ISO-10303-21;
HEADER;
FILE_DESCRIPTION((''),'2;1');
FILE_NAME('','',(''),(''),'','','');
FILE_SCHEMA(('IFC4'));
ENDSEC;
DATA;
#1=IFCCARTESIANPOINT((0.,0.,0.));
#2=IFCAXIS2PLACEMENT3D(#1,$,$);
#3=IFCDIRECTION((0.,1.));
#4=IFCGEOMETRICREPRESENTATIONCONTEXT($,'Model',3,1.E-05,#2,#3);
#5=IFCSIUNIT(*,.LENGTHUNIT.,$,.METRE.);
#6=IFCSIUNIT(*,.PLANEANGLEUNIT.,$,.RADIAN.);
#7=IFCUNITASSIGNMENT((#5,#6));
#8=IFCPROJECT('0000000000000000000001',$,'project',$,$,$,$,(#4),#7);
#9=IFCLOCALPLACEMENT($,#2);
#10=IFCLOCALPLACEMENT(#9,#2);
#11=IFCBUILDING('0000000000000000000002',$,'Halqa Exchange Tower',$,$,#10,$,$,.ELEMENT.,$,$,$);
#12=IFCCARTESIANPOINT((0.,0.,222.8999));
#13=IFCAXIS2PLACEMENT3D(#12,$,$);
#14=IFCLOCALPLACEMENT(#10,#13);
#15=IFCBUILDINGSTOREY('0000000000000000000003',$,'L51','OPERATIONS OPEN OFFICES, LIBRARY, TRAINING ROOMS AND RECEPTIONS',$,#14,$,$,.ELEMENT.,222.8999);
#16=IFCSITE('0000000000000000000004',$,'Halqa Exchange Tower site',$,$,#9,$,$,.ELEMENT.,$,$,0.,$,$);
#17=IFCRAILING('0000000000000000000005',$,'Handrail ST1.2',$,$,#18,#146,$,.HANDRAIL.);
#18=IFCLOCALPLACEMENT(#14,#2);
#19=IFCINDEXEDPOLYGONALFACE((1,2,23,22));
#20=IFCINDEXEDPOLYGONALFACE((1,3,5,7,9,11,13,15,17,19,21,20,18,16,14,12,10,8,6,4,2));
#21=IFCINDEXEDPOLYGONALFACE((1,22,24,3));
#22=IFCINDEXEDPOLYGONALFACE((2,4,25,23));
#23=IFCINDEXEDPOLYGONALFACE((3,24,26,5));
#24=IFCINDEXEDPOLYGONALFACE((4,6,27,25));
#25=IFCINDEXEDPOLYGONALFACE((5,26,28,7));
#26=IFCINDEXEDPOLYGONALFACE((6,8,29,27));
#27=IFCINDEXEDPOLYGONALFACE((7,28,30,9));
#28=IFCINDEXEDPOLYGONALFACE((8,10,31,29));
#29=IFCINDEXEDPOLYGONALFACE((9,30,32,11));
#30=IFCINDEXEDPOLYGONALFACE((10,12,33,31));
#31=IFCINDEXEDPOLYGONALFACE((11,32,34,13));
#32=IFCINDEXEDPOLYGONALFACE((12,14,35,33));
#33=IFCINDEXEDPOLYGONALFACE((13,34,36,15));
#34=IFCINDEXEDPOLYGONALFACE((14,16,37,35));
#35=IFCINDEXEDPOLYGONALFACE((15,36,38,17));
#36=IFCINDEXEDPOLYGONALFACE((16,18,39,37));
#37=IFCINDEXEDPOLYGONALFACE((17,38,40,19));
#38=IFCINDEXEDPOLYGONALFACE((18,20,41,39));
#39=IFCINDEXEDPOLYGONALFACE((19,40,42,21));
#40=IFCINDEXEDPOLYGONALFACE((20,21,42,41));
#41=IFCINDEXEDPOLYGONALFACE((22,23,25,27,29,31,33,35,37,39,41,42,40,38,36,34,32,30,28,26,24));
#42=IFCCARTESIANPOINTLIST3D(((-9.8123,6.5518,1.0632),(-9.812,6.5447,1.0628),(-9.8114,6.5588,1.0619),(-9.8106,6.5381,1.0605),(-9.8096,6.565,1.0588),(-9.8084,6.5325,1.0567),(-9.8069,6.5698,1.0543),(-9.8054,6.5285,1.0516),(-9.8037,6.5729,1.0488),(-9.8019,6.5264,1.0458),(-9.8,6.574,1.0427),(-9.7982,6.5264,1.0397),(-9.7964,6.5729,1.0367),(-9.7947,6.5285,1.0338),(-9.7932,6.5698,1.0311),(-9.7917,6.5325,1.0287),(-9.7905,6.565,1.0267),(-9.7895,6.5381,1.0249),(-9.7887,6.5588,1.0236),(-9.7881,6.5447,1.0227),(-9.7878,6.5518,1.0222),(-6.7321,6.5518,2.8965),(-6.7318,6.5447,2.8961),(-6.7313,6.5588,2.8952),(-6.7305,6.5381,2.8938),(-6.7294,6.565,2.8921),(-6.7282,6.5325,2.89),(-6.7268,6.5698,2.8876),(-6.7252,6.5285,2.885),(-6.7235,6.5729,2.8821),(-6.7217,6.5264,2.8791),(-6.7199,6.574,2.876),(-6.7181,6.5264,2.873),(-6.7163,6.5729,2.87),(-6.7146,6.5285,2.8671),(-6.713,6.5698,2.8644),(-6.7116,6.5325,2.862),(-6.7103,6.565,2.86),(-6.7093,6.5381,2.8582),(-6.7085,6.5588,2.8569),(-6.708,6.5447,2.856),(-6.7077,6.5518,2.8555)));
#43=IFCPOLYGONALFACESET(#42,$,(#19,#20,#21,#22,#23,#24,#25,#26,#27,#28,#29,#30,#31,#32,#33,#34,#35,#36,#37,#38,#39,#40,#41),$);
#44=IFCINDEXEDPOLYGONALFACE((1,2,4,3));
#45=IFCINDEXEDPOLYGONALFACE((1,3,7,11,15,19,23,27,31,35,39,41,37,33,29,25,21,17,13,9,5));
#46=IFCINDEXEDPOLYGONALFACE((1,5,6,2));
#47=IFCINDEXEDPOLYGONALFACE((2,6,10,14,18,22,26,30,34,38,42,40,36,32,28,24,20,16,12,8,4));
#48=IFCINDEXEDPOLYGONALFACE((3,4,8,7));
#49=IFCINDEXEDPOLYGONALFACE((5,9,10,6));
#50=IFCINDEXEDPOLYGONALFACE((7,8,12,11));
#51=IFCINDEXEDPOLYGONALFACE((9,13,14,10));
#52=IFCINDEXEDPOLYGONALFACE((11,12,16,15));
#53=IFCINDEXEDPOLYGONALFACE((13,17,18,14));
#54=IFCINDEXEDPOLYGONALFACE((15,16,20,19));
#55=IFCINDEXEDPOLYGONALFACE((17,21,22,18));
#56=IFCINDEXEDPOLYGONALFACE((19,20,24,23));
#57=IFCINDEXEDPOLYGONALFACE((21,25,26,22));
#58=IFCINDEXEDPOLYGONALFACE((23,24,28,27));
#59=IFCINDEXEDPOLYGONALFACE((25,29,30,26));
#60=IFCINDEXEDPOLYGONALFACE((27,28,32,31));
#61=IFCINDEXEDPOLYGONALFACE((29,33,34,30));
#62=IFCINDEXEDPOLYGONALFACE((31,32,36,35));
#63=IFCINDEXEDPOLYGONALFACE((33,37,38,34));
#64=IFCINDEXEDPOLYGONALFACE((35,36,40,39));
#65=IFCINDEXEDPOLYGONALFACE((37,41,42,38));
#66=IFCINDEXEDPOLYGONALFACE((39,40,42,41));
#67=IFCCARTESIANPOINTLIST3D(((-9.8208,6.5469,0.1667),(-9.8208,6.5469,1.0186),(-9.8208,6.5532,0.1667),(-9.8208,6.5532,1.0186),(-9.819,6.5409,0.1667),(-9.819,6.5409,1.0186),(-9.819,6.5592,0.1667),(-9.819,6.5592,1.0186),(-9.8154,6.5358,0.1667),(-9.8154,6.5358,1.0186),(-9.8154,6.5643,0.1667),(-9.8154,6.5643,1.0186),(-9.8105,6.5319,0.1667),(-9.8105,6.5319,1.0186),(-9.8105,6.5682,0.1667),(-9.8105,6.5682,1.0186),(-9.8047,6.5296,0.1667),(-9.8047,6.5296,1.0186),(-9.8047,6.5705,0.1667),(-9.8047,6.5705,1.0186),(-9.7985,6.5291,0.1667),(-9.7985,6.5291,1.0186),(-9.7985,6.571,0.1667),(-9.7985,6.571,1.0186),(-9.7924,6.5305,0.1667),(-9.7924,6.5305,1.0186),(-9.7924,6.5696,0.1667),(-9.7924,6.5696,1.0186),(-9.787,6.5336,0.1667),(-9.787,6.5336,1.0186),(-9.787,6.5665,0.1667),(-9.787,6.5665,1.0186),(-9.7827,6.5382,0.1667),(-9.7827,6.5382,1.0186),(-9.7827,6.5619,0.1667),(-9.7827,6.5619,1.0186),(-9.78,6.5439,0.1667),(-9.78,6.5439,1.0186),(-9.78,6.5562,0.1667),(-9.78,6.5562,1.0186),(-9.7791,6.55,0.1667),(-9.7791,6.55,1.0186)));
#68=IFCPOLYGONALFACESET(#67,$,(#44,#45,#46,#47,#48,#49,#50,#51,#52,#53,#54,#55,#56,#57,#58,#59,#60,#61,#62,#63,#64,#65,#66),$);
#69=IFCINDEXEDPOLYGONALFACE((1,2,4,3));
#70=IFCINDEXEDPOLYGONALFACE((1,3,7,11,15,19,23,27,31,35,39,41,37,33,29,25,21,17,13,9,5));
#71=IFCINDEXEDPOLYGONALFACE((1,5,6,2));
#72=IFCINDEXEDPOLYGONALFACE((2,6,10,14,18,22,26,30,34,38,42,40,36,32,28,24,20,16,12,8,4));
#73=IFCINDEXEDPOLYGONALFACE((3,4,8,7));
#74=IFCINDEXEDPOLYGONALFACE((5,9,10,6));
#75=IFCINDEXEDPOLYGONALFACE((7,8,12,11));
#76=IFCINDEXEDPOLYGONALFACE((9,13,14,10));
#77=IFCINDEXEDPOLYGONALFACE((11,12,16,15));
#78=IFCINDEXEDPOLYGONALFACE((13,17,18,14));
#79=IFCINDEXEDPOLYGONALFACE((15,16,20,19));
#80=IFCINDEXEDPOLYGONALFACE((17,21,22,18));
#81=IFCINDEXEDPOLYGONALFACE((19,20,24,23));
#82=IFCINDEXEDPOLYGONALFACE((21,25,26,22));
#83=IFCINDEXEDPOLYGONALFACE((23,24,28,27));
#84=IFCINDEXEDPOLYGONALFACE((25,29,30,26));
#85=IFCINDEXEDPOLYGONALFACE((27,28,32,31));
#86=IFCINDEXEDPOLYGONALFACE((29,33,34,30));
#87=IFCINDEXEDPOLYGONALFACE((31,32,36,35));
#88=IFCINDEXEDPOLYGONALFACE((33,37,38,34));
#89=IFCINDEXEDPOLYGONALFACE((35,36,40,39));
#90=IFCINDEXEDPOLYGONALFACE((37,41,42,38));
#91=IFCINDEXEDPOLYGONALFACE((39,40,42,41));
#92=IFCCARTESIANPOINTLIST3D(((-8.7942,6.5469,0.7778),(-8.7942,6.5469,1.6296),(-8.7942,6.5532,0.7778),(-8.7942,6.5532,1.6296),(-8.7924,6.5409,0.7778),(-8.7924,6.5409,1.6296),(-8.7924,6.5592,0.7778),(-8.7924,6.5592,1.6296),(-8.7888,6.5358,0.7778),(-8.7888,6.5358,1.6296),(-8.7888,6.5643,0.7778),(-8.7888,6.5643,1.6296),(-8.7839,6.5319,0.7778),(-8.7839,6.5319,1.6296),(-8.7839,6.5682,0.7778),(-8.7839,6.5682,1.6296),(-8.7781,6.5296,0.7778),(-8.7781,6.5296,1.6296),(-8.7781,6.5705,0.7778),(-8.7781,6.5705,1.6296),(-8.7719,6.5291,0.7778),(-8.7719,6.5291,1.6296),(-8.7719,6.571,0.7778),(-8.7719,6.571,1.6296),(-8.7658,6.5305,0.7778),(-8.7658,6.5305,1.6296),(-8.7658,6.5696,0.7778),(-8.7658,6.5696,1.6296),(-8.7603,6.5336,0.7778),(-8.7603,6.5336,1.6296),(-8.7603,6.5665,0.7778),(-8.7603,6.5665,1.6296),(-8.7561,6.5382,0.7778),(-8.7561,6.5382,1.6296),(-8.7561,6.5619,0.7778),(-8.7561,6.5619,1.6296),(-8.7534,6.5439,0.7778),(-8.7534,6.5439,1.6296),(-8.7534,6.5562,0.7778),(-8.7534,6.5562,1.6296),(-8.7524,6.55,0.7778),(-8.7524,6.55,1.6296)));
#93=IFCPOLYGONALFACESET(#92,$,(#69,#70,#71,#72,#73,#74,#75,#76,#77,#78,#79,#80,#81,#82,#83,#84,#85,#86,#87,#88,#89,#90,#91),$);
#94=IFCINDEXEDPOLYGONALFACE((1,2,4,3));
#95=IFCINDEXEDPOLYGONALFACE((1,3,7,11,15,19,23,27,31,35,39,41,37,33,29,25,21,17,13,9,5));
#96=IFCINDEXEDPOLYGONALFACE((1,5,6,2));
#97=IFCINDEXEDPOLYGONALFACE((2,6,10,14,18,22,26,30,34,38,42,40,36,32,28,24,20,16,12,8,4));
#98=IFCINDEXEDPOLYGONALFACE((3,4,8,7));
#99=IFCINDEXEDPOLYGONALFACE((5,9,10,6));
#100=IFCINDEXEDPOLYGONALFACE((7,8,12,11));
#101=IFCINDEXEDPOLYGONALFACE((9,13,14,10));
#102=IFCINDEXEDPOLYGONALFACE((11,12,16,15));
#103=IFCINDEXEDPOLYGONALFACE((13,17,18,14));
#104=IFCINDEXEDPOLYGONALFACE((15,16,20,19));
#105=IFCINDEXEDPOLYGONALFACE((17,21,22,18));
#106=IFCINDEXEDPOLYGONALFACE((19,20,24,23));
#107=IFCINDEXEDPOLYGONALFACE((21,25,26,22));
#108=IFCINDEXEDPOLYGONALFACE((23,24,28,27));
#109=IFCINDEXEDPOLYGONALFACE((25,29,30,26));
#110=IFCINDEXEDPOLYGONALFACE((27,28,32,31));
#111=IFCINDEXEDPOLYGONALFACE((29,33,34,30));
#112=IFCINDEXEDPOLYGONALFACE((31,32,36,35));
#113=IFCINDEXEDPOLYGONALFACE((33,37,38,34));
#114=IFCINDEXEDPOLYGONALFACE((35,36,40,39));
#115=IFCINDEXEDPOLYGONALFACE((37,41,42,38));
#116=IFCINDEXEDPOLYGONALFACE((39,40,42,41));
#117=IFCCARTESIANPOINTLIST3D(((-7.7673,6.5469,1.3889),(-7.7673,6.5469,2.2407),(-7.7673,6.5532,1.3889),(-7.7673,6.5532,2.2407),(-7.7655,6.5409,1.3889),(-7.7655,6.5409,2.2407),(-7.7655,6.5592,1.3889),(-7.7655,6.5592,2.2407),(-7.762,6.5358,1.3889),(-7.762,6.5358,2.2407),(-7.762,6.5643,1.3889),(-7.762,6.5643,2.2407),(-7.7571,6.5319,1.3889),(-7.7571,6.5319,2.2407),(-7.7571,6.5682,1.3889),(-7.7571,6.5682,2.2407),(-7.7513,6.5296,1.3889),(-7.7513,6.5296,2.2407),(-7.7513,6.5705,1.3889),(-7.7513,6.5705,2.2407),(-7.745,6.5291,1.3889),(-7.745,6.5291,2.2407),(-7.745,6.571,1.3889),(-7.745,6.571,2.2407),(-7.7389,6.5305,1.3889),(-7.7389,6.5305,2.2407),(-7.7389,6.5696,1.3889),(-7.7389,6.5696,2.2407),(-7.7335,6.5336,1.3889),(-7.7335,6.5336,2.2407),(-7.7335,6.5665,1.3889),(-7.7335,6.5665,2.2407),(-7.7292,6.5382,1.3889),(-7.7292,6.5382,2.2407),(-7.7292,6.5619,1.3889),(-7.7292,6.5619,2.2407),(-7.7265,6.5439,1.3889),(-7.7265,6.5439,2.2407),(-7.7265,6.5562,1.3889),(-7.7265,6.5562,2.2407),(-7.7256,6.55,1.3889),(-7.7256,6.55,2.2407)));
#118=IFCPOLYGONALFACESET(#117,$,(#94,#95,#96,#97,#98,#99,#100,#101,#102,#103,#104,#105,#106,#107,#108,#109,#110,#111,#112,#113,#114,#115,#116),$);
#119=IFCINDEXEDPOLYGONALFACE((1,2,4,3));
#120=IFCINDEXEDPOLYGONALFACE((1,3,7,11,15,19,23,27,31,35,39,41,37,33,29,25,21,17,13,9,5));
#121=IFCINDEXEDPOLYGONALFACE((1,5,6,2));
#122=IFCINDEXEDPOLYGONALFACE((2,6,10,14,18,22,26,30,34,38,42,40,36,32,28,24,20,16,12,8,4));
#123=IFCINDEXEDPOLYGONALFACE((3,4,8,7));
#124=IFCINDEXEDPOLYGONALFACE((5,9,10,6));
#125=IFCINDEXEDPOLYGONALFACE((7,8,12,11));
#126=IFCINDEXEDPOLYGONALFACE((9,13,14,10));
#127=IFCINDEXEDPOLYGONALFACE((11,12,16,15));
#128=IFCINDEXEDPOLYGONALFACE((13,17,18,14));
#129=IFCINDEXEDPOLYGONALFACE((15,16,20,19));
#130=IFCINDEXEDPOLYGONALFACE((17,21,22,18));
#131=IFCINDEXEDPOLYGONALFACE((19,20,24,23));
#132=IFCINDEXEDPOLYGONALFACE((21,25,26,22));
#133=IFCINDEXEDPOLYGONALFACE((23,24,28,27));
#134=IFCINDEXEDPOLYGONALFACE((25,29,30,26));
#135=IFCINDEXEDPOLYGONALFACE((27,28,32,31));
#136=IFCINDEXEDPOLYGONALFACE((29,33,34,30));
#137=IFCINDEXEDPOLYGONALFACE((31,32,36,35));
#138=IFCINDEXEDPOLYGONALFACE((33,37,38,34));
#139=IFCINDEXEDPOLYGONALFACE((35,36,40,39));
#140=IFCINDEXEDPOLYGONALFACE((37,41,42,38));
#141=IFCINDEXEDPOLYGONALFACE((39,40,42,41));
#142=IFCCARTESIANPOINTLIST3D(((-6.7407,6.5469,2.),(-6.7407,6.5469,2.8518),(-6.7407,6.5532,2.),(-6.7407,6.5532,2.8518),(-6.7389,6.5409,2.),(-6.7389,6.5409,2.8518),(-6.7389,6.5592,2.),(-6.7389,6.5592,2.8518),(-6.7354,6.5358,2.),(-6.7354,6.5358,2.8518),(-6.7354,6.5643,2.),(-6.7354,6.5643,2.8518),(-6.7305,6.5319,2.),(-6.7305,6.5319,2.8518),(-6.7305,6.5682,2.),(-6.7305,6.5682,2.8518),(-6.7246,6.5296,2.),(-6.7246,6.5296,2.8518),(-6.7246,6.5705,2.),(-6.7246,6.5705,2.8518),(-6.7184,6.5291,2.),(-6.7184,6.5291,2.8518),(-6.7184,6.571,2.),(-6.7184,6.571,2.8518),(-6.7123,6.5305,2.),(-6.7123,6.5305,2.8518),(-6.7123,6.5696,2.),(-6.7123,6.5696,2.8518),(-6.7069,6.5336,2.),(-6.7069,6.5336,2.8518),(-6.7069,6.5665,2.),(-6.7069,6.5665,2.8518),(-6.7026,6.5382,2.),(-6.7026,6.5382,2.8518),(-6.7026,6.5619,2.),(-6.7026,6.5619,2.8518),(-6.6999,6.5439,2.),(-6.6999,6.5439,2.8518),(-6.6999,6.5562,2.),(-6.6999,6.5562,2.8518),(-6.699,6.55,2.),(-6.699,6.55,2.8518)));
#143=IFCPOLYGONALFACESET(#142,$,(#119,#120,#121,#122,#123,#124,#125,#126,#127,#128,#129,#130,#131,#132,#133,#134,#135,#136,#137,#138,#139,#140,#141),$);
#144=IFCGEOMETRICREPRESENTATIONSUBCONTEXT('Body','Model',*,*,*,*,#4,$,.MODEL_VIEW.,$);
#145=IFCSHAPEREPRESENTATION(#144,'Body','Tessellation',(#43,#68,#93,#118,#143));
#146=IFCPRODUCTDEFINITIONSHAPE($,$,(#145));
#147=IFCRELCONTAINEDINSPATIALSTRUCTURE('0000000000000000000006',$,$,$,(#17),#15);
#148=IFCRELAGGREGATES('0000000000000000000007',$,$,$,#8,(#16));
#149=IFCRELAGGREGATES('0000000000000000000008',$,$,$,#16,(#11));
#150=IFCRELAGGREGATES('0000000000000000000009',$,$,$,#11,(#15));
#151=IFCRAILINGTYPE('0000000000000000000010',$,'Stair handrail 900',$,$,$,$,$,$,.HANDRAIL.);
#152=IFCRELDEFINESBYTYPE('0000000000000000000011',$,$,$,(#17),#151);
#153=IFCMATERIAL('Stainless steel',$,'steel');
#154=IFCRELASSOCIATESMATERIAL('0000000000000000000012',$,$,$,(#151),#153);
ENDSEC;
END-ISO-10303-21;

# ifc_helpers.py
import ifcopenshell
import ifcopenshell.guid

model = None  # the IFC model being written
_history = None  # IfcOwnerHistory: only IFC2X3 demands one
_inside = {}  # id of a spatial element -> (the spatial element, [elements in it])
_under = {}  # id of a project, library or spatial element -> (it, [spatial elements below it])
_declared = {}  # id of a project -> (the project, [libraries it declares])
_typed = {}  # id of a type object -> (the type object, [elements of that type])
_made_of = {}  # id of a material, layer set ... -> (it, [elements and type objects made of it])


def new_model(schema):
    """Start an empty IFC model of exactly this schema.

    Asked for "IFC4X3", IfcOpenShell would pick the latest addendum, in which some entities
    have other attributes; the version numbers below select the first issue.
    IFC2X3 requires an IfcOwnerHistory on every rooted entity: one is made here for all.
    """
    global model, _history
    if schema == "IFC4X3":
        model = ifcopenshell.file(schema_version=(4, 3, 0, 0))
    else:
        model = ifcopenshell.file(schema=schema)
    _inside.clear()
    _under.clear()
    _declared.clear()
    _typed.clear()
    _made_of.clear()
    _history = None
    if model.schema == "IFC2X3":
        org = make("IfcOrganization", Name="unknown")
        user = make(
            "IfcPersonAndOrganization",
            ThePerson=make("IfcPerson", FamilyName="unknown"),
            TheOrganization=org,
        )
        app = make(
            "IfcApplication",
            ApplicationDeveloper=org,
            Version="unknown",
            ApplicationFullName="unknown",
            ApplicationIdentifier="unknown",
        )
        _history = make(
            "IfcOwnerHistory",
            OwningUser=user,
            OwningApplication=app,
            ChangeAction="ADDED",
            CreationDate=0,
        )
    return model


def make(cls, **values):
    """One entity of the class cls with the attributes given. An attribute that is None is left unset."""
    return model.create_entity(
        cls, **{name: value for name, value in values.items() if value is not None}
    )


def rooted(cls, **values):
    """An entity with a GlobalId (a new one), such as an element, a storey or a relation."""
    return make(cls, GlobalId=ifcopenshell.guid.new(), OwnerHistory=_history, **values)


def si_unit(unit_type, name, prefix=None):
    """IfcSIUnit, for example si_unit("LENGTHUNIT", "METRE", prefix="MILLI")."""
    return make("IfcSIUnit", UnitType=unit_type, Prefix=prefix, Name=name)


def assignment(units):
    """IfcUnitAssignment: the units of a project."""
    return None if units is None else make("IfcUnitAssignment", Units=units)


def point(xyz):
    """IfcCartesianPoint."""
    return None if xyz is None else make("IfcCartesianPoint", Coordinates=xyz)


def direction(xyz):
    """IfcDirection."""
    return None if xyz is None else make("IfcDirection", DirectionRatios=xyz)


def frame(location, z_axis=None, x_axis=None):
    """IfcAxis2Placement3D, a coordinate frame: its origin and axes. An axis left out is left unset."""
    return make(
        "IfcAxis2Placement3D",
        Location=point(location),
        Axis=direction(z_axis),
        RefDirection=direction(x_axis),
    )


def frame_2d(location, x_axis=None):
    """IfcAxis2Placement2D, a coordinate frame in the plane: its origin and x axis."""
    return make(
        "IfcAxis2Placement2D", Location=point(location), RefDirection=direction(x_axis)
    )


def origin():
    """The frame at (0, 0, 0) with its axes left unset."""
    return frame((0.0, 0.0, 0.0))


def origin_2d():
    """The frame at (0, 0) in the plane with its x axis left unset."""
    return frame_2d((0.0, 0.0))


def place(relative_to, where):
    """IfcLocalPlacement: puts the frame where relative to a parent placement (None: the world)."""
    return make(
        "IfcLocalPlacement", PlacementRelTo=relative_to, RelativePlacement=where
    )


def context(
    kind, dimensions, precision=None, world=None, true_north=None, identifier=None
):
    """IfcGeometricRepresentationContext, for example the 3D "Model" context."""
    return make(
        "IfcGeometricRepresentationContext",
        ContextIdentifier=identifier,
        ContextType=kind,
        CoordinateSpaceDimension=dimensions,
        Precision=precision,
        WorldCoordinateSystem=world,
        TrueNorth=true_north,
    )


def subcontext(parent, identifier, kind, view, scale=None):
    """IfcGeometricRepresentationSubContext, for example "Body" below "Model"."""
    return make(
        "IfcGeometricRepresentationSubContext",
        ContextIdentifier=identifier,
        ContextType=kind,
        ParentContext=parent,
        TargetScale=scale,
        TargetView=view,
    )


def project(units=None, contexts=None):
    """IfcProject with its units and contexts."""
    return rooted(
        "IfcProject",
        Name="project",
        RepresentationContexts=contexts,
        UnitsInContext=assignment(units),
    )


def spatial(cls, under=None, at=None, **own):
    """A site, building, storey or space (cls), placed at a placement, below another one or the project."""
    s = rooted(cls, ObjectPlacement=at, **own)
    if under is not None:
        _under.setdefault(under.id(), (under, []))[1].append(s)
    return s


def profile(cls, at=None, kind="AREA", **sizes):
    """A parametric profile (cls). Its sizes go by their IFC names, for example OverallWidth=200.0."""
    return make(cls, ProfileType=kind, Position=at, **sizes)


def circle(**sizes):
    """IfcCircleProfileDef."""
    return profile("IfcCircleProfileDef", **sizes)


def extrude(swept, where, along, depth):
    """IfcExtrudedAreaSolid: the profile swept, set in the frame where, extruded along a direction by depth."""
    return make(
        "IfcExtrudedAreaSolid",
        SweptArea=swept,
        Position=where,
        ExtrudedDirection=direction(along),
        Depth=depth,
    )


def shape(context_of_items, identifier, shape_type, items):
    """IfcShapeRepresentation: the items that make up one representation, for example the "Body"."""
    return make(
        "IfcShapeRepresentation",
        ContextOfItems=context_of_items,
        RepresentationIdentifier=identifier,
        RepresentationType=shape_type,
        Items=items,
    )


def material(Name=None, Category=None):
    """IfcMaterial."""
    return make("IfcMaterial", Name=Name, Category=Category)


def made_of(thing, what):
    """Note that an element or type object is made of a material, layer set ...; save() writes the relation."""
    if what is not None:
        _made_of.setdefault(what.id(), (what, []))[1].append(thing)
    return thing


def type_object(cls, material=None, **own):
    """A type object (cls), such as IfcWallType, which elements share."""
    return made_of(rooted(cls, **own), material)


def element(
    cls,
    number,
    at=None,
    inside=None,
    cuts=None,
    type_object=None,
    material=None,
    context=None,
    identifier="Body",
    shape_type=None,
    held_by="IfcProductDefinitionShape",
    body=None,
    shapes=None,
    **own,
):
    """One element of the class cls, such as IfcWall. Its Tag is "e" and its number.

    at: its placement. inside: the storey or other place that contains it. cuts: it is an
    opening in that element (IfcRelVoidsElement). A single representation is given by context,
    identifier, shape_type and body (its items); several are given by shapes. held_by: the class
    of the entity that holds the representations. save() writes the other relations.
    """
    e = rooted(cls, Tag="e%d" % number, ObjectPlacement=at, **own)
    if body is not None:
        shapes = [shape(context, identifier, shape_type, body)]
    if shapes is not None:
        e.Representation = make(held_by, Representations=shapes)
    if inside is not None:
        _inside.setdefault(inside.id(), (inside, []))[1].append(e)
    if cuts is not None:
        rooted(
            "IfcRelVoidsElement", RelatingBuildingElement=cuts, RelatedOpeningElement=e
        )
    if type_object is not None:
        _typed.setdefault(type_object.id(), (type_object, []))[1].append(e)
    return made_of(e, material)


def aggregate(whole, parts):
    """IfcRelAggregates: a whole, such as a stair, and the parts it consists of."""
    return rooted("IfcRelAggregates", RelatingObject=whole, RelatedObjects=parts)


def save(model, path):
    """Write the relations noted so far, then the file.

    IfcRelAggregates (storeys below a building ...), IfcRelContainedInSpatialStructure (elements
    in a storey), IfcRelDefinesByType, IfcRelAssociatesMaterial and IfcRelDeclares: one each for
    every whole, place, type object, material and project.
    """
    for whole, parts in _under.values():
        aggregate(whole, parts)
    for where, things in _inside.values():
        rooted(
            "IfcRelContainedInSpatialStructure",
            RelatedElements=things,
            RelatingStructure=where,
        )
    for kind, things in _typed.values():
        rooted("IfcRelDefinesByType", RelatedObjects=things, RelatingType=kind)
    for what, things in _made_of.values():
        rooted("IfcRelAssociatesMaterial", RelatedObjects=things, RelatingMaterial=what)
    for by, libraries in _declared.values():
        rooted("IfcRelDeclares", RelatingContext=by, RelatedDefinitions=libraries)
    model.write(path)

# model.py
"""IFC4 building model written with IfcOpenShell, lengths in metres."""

from ifc_helpers import new_model, si_unit, direction, frame, origin, origin_2d, place, context, subcontext, project, spatial, circle, extrude, material, type_object, element, save


model = new_model("IFC4")

# Units and contexts
model_context = context("Model", 3, precision=1e-05, world=origin(), true_north=direction((0.0, 1.0)))
body_context = subcontext(model_context, "Body", "Model", "MODEL_VIEW")
ifc_project = project(units=[si_unit("LENGTHUNIT", "METRE"), si_unit("PLANEANGLEUNIT", "RADIAN")], contexts=[model_context])

# Site, building, storey
site_placement = place(None, origin())
site = spatial("IfcSite", under=ifc_project, at=site_placement, Name="Halqa Exchange Tower site", CompositionType="ELEMENT", RefElevation=0.0)
building_placement = place(site_placement, origin())
building = spatial("IfcBuilding", under=site, at=building_placement, Name="Halqa Exchange Tower", CompositionType="ELEMENT")
storey_placement = place(building_placement, frame((0.0, 0.0, 222.8999)))
storey = spatial("IfcBuildingStorey", under=building, at=storey_placement, Name="L51", Description="OPERATIONS OPEN OFFICES, LIBRARY, TRAINING ROOMS AND RECEPTIONS", CompositionType="ELEMENT", Elevation=222.8999)

# Shared definitions
ifc_material_1 = material(Name="Stainless steel", Category="steel")

# Railing
railing_type_1 = type_object("IfcRailingType", Name="Stair handrail 900", PredefinedType="HANDRAIL", material=ifc_material_1)
railing_1_placement = place(storey_placement, frame((-9.8, 6.55, 0.1667)))
element("IfcRailing", 1, at=railing_1_placement, inside=storey, type_object=railing_type_1, Name="Handrail ST1.2", PredefinedType="HANDRAIL", context=body_context, shape_type="SweptSolid", body=[
    extrude(circle(Radius=0.0239, at=origin_2d()), frame((0.0, 0.0, 0.876), z_axis=(0.859309, 0.0, 0.511458), x_axis=(0.0, 1.0, 0.0)), (0.0, 0.0, 1.0), 3.5845),
    extrude(circle(Radius=0.021, at=origin_2d()), origin(), (0.0, 0.0, 1.0), 0.8518),
    extrude(circle(Radius=0.021, at=origin_2d()), frame((1.0266, 0.0, 0.6111)), (0.0, 0.0, 1.0), 0.8518),
    extrude(circle(Radius=0.021, at=origin_2d()), frame((2.0535, 0.0, 1.2222)), (0.0, 0.0, 1.0), 0.8518),
    extrude(circle(Radius=0.021, at=origin_2d()), frame((3.0801, 0.0, 1.8333)), (0.0, 0.0, 1.0), 0.8518),
])

save(model, "model.ifc")
